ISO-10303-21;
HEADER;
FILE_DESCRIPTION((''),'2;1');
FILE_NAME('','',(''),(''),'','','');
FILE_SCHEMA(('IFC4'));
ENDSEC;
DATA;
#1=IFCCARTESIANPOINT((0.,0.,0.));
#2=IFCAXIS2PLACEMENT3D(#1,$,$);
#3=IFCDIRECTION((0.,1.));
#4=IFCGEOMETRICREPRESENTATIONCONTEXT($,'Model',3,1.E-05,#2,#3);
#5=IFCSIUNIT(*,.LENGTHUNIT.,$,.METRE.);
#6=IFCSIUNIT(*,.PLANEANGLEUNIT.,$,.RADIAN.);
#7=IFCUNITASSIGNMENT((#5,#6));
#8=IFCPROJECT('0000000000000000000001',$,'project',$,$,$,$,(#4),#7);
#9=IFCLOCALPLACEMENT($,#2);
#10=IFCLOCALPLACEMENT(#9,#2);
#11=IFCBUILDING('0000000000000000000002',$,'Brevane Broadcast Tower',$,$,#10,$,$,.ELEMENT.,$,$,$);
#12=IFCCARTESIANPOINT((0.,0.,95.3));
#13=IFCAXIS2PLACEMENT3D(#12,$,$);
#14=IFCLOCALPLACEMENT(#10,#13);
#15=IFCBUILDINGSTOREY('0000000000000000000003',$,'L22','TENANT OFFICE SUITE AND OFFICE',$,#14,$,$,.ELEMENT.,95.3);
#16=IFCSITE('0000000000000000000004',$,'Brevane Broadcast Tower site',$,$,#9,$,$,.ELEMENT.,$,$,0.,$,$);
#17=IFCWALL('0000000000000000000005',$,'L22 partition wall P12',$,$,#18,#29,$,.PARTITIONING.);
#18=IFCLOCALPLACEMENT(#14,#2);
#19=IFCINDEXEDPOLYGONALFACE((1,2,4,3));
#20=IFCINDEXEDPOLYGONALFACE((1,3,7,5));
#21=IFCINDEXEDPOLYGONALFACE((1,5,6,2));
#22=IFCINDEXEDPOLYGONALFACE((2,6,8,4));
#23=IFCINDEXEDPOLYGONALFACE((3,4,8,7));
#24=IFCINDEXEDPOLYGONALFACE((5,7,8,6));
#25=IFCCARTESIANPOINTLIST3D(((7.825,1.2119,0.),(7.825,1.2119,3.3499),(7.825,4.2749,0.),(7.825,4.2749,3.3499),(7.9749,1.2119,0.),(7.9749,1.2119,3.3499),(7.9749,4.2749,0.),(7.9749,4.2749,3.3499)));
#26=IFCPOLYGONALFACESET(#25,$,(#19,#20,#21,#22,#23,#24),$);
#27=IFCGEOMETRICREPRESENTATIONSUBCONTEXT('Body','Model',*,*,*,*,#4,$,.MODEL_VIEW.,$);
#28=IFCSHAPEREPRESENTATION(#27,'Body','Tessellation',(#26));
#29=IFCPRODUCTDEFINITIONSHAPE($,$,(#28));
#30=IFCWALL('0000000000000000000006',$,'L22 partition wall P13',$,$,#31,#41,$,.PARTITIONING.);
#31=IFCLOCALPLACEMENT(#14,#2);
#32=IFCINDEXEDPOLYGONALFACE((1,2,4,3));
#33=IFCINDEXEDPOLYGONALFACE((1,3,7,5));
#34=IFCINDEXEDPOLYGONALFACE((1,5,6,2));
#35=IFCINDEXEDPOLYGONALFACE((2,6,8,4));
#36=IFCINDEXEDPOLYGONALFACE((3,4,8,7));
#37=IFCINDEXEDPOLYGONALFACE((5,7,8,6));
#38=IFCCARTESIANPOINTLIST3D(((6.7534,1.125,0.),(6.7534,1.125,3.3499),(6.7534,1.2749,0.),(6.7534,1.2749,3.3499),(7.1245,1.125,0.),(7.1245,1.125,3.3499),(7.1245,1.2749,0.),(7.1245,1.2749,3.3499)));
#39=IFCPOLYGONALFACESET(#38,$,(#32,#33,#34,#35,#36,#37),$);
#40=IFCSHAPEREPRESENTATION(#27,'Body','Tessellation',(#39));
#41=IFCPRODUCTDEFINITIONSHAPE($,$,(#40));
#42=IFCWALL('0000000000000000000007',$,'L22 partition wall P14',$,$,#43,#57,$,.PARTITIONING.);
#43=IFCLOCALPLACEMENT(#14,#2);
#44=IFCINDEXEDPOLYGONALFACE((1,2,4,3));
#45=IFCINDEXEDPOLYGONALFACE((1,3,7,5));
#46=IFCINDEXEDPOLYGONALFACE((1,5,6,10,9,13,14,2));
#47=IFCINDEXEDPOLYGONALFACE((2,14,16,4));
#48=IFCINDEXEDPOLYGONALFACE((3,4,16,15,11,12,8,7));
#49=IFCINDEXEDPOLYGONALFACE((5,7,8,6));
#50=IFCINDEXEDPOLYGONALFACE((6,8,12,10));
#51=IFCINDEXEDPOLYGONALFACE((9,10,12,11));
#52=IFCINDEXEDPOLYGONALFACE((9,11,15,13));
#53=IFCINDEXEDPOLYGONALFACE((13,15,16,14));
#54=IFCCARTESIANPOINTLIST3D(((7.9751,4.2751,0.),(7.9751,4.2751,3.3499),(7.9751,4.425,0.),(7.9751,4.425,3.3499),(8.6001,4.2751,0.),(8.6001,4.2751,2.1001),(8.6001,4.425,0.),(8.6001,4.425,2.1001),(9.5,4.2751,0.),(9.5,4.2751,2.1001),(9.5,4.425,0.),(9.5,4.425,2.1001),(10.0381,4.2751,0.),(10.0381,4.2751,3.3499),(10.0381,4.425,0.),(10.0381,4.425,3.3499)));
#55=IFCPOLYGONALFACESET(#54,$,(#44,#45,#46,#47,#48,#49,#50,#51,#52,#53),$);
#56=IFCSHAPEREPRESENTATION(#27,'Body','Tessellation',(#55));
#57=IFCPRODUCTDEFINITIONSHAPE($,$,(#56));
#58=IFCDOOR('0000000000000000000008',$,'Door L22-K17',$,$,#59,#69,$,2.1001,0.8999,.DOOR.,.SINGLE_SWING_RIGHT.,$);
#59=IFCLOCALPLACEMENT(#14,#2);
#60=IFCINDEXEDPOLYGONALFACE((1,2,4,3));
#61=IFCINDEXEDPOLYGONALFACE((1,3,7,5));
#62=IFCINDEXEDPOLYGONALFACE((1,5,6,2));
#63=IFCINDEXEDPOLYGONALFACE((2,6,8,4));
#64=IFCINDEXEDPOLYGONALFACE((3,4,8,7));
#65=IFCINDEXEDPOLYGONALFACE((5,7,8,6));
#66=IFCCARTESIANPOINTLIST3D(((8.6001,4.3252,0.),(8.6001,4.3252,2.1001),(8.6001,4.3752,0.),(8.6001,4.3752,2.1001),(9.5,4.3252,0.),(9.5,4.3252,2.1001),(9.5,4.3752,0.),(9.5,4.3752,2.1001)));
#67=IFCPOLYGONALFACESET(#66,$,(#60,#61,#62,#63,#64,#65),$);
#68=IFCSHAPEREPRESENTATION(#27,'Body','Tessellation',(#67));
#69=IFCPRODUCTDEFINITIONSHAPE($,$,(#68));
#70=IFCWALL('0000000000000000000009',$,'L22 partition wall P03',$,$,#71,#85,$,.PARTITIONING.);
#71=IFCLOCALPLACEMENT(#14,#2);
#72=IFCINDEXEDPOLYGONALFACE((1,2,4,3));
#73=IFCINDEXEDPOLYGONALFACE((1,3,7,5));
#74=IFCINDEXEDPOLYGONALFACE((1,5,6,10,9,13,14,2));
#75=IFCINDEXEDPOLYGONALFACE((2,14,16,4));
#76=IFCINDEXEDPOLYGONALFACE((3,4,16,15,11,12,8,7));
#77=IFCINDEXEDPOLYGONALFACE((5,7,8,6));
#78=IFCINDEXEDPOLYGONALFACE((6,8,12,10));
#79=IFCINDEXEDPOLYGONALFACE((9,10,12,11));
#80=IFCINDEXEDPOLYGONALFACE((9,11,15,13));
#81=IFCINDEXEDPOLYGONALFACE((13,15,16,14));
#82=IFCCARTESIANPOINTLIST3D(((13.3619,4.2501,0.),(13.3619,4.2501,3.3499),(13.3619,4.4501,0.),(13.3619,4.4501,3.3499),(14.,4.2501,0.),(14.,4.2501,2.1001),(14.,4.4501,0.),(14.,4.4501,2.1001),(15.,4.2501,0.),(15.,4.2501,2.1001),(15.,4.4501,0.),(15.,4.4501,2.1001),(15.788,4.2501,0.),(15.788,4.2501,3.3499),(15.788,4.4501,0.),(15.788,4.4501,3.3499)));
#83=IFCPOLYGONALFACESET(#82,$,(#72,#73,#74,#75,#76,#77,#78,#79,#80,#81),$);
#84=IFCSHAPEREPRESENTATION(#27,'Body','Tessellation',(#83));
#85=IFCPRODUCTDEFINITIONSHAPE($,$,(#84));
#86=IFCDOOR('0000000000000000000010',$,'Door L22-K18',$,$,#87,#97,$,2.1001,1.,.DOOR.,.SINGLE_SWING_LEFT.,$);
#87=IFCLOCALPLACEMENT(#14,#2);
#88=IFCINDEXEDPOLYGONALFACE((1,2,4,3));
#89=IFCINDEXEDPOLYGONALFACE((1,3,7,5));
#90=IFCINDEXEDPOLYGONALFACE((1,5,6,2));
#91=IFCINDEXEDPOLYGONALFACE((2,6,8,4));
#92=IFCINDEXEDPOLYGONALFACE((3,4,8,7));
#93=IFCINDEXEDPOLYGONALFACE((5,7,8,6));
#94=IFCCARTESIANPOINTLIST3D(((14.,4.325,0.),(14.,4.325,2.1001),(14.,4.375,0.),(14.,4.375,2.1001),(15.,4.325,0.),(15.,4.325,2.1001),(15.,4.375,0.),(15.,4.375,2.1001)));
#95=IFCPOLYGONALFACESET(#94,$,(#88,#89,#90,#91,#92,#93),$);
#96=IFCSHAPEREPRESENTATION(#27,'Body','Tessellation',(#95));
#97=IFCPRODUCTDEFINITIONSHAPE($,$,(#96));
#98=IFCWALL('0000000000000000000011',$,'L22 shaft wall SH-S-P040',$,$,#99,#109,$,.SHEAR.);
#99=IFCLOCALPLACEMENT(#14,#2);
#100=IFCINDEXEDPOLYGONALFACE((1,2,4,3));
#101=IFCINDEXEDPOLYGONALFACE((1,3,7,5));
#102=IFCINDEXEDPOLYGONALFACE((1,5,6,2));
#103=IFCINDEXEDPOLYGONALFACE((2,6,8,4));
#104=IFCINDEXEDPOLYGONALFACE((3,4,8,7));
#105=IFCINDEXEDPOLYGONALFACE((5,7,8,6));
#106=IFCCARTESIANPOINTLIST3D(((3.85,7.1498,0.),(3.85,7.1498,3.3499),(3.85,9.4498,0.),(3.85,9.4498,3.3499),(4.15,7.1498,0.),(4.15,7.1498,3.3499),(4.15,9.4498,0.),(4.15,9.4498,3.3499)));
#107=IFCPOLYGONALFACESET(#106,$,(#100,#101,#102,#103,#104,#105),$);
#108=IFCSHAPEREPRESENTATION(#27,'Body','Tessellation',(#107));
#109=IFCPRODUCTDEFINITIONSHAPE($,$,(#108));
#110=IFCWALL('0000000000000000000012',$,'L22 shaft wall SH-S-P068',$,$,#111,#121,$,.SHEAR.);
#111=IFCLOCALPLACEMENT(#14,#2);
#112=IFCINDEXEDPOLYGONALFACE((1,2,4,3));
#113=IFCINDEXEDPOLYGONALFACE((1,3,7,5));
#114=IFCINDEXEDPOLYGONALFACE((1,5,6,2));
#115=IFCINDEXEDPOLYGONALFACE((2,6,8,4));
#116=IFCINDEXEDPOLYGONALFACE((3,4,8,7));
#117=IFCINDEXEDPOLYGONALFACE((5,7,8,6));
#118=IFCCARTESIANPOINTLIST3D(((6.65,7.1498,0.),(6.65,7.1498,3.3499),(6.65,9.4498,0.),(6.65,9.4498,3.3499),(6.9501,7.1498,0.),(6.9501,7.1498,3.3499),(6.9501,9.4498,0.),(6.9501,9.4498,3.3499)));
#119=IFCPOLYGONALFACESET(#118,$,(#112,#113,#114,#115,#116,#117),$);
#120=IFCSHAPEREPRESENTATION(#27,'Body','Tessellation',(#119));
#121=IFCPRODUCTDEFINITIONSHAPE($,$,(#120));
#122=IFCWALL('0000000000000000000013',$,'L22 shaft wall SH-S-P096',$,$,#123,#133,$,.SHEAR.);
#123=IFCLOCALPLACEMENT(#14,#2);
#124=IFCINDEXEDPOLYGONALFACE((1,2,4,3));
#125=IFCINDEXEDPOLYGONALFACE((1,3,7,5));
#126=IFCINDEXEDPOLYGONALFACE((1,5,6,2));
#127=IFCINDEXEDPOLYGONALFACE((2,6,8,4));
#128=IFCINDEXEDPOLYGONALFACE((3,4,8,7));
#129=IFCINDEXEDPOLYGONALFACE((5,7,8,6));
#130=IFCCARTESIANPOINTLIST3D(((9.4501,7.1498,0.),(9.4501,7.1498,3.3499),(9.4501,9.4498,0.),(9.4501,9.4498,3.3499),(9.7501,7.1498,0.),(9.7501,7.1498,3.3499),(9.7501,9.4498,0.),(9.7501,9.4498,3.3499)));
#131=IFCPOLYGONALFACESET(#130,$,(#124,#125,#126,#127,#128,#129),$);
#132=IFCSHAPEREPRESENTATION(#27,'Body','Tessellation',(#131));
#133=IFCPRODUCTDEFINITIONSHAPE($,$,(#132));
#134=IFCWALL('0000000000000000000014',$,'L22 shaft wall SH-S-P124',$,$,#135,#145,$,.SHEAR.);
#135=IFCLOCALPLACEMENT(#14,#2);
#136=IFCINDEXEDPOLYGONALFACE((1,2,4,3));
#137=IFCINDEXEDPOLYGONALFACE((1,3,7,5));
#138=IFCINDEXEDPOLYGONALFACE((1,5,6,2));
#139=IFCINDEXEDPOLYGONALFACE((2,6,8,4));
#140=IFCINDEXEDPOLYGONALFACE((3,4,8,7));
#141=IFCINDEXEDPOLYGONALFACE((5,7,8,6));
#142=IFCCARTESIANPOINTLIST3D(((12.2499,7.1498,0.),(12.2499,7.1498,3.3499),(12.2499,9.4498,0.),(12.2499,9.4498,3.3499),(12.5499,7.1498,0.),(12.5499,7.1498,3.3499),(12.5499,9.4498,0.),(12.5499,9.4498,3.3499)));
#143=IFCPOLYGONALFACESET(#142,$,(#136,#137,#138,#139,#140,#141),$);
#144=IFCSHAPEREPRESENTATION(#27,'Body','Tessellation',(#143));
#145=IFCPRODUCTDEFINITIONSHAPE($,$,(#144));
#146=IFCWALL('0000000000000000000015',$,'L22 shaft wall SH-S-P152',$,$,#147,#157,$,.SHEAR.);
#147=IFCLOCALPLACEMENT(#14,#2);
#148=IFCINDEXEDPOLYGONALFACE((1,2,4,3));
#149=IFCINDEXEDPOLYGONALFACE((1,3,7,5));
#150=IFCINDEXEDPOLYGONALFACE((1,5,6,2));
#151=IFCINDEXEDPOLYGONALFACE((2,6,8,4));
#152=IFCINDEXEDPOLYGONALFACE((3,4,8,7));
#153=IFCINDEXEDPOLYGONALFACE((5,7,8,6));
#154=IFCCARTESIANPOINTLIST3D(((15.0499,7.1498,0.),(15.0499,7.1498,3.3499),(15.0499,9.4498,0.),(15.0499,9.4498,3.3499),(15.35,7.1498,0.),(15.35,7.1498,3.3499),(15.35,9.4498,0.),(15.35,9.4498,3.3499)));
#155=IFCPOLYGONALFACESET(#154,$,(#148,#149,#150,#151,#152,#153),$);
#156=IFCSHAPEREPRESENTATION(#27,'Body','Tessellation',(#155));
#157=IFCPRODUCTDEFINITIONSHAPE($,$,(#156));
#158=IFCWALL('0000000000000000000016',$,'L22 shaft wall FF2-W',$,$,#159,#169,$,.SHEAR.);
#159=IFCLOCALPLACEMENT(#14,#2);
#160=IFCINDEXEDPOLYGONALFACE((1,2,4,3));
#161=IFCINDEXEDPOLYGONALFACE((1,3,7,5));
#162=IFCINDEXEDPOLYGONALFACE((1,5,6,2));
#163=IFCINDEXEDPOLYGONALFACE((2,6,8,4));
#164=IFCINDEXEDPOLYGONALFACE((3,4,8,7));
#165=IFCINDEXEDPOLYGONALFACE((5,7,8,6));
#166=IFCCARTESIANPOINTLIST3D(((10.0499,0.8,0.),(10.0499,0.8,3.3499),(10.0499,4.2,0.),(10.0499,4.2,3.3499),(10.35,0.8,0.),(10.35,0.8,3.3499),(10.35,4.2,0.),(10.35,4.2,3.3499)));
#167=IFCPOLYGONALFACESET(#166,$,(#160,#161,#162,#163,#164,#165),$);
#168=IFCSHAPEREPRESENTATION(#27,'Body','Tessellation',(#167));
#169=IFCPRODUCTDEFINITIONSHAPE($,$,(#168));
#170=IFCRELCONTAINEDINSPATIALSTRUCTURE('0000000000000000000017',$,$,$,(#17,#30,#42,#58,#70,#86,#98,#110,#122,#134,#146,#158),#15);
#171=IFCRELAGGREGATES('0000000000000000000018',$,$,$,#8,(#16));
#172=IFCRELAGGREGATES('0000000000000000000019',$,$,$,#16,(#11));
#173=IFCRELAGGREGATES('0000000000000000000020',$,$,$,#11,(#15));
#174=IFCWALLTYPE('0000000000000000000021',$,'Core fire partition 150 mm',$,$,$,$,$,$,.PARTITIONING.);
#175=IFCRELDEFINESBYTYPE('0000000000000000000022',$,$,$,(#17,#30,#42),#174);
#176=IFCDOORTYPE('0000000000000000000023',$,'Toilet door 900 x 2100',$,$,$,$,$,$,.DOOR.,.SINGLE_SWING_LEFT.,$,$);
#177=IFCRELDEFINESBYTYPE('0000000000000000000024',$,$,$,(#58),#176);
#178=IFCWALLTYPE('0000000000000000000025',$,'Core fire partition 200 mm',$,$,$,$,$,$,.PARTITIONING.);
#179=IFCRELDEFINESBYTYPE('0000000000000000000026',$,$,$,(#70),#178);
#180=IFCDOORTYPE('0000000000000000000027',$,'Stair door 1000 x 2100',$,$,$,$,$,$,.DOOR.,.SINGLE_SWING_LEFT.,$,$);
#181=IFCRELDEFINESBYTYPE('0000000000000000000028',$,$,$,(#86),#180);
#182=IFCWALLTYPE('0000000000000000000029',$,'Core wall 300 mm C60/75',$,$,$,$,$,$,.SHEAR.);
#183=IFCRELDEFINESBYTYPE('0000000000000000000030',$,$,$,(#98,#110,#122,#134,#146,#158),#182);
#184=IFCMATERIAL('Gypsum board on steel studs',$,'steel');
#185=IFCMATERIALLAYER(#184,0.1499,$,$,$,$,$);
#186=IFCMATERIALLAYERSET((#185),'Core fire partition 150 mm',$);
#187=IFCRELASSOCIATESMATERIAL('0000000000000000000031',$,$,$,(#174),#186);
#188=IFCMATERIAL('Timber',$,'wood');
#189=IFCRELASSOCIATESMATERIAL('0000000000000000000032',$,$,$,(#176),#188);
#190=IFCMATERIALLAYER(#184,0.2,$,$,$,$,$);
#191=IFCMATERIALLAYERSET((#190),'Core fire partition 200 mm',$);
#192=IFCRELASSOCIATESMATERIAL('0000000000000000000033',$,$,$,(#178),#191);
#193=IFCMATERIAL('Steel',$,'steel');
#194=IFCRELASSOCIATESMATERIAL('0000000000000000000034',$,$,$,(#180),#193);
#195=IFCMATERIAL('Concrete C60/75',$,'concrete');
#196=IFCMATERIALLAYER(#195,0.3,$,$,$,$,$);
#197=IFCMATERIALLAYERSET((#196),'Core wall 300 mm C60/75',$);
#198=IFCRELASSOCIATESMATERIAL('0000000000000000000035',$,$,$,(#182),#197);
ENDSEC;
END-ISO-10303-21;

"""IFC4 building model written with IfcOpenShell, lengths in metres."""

from ifc_helpers import new_model, si_unit, direction, frame, frame_2d, origin, place, context, subcontext, project, spatial, rectangle, extrude, material, layer, layer_set, type_object, element, fill, save


model = new_model("IFC4")

# Units and contexts
model_context = context("Model", 3, precision=1e-05, world=origin(), true_north=direction((0.0, 1.0)))
body_context = subcontext(model_context, "Body", "Model", "MODEL_VIEW")
ifc_project = project(units=[si_unit("LENGTHUNIT", "METRE"), si_unit("PLANEANGLEUNIT", "RADIAN")], contexts=[model_context])

# Site, building, storey
site_placement = place(None, origin())
site = spatial("IfcSite", under=ifc_project, at=site_placement, Name="Brevane Broadcast Tower site", CompositionType="ELEMENT", RefElevation=0.0)
building_placement = place(site_placement, origin())
building = spatial("IfcBuilding", under=site, at=building_placement, Name="Brevane Broadcast Tower", CompositionType="ELEMENT")
storey_placement = place(building_placement, frame((0.0, 0.0, 95.3)))
storey = spatial("IfcBuildingStorey", under=building, at=storey_placement, Name="L22", Description="TENANT OFFICE SUITE AND OFFICE", CompositionType="ELEMENT", Elevation=95.3)

# Shared definitions
ifc_material_1 = material(Name="Gypsum board on steel studs", Category="steel")
ifc_layer_1 = layer(ifc_material_1, 0.1499)
ifc_layer_set_1 = layer_set([ifc_layer_1], Name="Core fire partition 150 mm")
wall_type_1 = type_object("IfcWallType", Name="Core fire partition 150 mm", PredefinedType="PARTITIONING", material=ifc_layer_set_1)

# Shared definitions
ifc_material_2 = material(Name="Timber", Category="wood")
door_type_1 = type_object("IfcDoorType", Name="Toilet door 900 x 2100", OperationType="SINGLE_SWING_LEFT", PredefinedType="DOOR", material=ifc_material_2)

# Walls
wall_1_placement = place(storey_placement, frame((7.8999, 4.2749, 0.0), z_axis=(0.0, 0.0, 1.0), x_axis=(0.0, -1.0, 0.0)))
element("IfcWall", 1, at=wall_1_placement, inside=storey, type_object=wall_type_1, Name="L22 partition wall P12", PredefinedType="PARTITIONING", context=body_context, shape_type="SweptSolid", body=[
    extrude(rectangle(XDim=3.063, YDim=0.1499, at=frame_2d((1.5315, 0.0))), origin(), (0.0, 0.0, 1.0), 3.3499),
])
wall_2_placement = place(storey_placement, frame((7.1245, 1.2, 0.0), z_axis=(0.0, 0.0, 1.0), x_axis=(-1.0, 0.0, 0.0)))
element("IfcWall", 2, at=wall_2_placement, inside=storey, type_object=wall_type_1, Name="L22 partition wall P13", PredefinedType="PARTITIONING", context=body_context, shape_type="SweptSolid", body=[
    extrude(rectangle(XDim=0.3711, YDim=0.1499, at=frame_2d((0.1855, 0.0))), origin(), (0.0, 0.0, 1.0), 3.3499),
])

# Walls, openings, doors
wall_3_placement = place(storey_placement, frame((10.0381, 4.3501, 0.0), z_axis=(0.0, 0.0, 1.0), x_axis=(-1.0, 0.0, 0.0)))
wall_3 = element("IfcWall", 3, at=wall_3_placement, inside=storey, type_object=wall_type_1, Name="L22 partition wall P14", PredefinedType="PARTITIONING", context=body_context, shape_type="SweptSolid", body=[
    extrude(rectangle(XDim=2.063, YDim=0.1499, at=frame_2d((1.0315, 0.0))), origin(), (0.0, 0.0, 1.0), 3.3499),
])
opening_1_placement = place(wall_3_placement, frame((0.5381, 0.0, 0.0)))
opening_1 = element("IfcOpeningElement", 4, at=opening_1_placement, cuts=wall_3, PredefinedType="OPENING", context=body_context, shape_type="SweptSolid", body=[
    extrude(rectangle(XDim=0.8999, YDim=2.1001, at=frame_2d((0.45, 1.05))), frame((0.0, 0.085, 0.0), z_axis=(0.0, -1.0, 0.0), x_axis=(1.0, 0.0, 0.0)), (0.0, 0.0, 1.0), 0.1699),
])
door_1_placement = place(opening_1_placement, origin())
door_1 = element("IfcDoor", 5, at=door_1_placement, inside=storey, type_object=door_type_1, Name="Door L22-K17", OperationType="SINGLE_SWING_RIGHT", OverallHeight=2.1001, OverallWidth=0.8999, PredefinedType="DOOR", context=body_context, shape_type="SweptSolid", body=[
    extrude(rectangle(XDim=0.8999, YDim=2.1001, at=frame_2d((0.45, 1.05))), frame((0.0, 0.0249, 0.0), z_axis=(0.0, -1.0, 0.0), x_axis=(1.0, 0.0, 0.0)), (0.0, 0.0, 1.0), 0.05),
])
fill(opening_1, door_1)
ifc_layer_2 = layer(ifc_material_1, 0.2)
ifc_layer_set_2 = layer_set([ifc_layer_2], Name="Core fire partition 200 mm")
wall_type_2 = type_object("IfcWallType", Name="Core fire partition 200 mm", PredefinedType="PARTITIONING", material=ifc_layer_set_2)
wall_4_placement = place(storey_placement, frame((13.3621, 4.3501, 0.0), z_axis=(0.0, 0.0, 1.0), x_axis=(1.0, 0.0, 0.0)))
wall_4 = element("IfcWall", 6, at=wall_4_placement, inside=storey, type_object=wall_type_2, Name="L22 partition wall P03", PredefinedType="PARTITIONING", context=body_context, shape_type="SweptSolid", body=[
    extrude(rectangle(XDim=2.426, YDim=0.2, at=frame_2d((1.2129, 0.0))), origin(), (0.0, 0.0, 1.0), 3.3499),
])
opening_2_placement = place(wall_4_placement, frame((0.6379, 0.0, 0.0)))
opening_2 = element("IfcOpeningElement", 7, at=opening_2_placement, cuts=wall_4, PredefinedType="OPENING", context=body_context, shape_type="SweptSolid", body=[
    extrude(rectangle(XDim=1.0, YDim=2.1001, at=frame_2d((0.5, 1.05))), frame((0.0, 0.1099, 0.0), z_axis=(0.0, -1.0, 0.0), x_axis=(1.0, 0.0, 0.0)), (0.0, 0.0, 1.0), 0.22),
])
ifc_material_3 = material(Name="Steel", Category="steel")
door_type_2 = type_object("IfcDoorType", Name="Stair door 1000 x 2100", OperationType="SINGLE_SWING_LEFT", PredefinedType="DOOR", material=ifc_material_3)
door_2_placement = place(opening_2_placement, origin())
door_2 = element("IfcDoor", 8, at=door_2_placement, inside=storey, type_object=door_type_2, Name="Door L22-K18", OperationType="SINGLE_SWING_LEFT", OverallHeight=2.1001, OverallWidth=1.0, PredefinedType="DOOR", context=body_context, shape_type="SweptSolid", body=[
    extrude(rectangle(XDim=1.0, YDim=2.1001, at=frame_2d((0.5, 1.05))), frame((0.0, 0.0249, 0.0), z_axis=(0.0, -1.0, 0.0), x_axis=(1.0, 0.0, 0.0)), (0.0, 0.0, 1.0), 0.05),
])
fill(opening_2, door_2)

# Walls
ifc_material_4 = material(Name="Concrete C60/75", Category="concrete")
ifc_layer_3 = layer(ifc_material_4, 0.3)
ifc_layer_set_3 = layer_set([ifc_layer_3], Name="Core wall 300 mm C60/75")
wall_type_3 = type_object("IfcWallType", Name="Core wall 300 mm C60/75", PredefinedType="SHEAR", material=ifc_layer_set_3)
for number, where, z_axis, x_axis, name in (
    (9, (4.0, 7.1499, 0.0), (0.0, 0.0, 1.0), (0.0, 1.0, 0.0), "L22 shaft wall SH-S-P040"),
    (10, (6.8, 7.1499, 0.0), (0.0, 0.0, 1.0), (0.0, 1.0, 0.0), "L22 shaft wall SH-S-P068"),
    (11, (9.6001, 7.1499, 0.0), (0.0, 0.0, 1.0), (0.0, 1.0, 0.0), "L22 shaft wall SH-S-P096"),
    (12, (12.3999, 7.1499, 0.0), (0.0, 0.0, 1.0), (0.0, 1.0, 0.0), "L22 shaft wall SH-S-P124"),
    (13, (15.2, 7.1499, 0.0), (0.0, 0.0, 1.0), (0.0, 1.0, 0.0), "L22 shaft wall SH-S-P152"),
):
    element("IfcWall", number, at=place(storey_placement, frame(where, z_axis=z_axis, x_axis=x_axis)), inside=storey, type_object=wall_type_3, Name=name, PredefinedType="SHEAR", context=body_context, shape_type="SweptSolid", body=[
        extrude(rectangle(XDim=2.3, YDim=0.3, at=frame_2d((1.1499, 0.0))), origin(), (0.0, 0.0, 1.0), 3.3499),
    ])
wall_5_placement = place(storey_placement, frame((10.2, 0.8, 0.0), z_axis=(0.0, 0.0, 1.0), x_axis=(0.0, 1.0, 0.0)))
element("IfcWall", 14, at=wall_5_placement, inside=storey, type_object=wall_type_3, Name="L22 shaft wall FF2-W", PredefinedType="SHEAR", context=body_context, shape_type="SweptSolid", body=[
    extrude(rectangle(XDim=3.3999, YDim=0.3, at=frame_2d((1.7, 0.0))), origin(), (0.0, 0.0, 1.0), 3.3499),
])

save(model, "model.ifc")
